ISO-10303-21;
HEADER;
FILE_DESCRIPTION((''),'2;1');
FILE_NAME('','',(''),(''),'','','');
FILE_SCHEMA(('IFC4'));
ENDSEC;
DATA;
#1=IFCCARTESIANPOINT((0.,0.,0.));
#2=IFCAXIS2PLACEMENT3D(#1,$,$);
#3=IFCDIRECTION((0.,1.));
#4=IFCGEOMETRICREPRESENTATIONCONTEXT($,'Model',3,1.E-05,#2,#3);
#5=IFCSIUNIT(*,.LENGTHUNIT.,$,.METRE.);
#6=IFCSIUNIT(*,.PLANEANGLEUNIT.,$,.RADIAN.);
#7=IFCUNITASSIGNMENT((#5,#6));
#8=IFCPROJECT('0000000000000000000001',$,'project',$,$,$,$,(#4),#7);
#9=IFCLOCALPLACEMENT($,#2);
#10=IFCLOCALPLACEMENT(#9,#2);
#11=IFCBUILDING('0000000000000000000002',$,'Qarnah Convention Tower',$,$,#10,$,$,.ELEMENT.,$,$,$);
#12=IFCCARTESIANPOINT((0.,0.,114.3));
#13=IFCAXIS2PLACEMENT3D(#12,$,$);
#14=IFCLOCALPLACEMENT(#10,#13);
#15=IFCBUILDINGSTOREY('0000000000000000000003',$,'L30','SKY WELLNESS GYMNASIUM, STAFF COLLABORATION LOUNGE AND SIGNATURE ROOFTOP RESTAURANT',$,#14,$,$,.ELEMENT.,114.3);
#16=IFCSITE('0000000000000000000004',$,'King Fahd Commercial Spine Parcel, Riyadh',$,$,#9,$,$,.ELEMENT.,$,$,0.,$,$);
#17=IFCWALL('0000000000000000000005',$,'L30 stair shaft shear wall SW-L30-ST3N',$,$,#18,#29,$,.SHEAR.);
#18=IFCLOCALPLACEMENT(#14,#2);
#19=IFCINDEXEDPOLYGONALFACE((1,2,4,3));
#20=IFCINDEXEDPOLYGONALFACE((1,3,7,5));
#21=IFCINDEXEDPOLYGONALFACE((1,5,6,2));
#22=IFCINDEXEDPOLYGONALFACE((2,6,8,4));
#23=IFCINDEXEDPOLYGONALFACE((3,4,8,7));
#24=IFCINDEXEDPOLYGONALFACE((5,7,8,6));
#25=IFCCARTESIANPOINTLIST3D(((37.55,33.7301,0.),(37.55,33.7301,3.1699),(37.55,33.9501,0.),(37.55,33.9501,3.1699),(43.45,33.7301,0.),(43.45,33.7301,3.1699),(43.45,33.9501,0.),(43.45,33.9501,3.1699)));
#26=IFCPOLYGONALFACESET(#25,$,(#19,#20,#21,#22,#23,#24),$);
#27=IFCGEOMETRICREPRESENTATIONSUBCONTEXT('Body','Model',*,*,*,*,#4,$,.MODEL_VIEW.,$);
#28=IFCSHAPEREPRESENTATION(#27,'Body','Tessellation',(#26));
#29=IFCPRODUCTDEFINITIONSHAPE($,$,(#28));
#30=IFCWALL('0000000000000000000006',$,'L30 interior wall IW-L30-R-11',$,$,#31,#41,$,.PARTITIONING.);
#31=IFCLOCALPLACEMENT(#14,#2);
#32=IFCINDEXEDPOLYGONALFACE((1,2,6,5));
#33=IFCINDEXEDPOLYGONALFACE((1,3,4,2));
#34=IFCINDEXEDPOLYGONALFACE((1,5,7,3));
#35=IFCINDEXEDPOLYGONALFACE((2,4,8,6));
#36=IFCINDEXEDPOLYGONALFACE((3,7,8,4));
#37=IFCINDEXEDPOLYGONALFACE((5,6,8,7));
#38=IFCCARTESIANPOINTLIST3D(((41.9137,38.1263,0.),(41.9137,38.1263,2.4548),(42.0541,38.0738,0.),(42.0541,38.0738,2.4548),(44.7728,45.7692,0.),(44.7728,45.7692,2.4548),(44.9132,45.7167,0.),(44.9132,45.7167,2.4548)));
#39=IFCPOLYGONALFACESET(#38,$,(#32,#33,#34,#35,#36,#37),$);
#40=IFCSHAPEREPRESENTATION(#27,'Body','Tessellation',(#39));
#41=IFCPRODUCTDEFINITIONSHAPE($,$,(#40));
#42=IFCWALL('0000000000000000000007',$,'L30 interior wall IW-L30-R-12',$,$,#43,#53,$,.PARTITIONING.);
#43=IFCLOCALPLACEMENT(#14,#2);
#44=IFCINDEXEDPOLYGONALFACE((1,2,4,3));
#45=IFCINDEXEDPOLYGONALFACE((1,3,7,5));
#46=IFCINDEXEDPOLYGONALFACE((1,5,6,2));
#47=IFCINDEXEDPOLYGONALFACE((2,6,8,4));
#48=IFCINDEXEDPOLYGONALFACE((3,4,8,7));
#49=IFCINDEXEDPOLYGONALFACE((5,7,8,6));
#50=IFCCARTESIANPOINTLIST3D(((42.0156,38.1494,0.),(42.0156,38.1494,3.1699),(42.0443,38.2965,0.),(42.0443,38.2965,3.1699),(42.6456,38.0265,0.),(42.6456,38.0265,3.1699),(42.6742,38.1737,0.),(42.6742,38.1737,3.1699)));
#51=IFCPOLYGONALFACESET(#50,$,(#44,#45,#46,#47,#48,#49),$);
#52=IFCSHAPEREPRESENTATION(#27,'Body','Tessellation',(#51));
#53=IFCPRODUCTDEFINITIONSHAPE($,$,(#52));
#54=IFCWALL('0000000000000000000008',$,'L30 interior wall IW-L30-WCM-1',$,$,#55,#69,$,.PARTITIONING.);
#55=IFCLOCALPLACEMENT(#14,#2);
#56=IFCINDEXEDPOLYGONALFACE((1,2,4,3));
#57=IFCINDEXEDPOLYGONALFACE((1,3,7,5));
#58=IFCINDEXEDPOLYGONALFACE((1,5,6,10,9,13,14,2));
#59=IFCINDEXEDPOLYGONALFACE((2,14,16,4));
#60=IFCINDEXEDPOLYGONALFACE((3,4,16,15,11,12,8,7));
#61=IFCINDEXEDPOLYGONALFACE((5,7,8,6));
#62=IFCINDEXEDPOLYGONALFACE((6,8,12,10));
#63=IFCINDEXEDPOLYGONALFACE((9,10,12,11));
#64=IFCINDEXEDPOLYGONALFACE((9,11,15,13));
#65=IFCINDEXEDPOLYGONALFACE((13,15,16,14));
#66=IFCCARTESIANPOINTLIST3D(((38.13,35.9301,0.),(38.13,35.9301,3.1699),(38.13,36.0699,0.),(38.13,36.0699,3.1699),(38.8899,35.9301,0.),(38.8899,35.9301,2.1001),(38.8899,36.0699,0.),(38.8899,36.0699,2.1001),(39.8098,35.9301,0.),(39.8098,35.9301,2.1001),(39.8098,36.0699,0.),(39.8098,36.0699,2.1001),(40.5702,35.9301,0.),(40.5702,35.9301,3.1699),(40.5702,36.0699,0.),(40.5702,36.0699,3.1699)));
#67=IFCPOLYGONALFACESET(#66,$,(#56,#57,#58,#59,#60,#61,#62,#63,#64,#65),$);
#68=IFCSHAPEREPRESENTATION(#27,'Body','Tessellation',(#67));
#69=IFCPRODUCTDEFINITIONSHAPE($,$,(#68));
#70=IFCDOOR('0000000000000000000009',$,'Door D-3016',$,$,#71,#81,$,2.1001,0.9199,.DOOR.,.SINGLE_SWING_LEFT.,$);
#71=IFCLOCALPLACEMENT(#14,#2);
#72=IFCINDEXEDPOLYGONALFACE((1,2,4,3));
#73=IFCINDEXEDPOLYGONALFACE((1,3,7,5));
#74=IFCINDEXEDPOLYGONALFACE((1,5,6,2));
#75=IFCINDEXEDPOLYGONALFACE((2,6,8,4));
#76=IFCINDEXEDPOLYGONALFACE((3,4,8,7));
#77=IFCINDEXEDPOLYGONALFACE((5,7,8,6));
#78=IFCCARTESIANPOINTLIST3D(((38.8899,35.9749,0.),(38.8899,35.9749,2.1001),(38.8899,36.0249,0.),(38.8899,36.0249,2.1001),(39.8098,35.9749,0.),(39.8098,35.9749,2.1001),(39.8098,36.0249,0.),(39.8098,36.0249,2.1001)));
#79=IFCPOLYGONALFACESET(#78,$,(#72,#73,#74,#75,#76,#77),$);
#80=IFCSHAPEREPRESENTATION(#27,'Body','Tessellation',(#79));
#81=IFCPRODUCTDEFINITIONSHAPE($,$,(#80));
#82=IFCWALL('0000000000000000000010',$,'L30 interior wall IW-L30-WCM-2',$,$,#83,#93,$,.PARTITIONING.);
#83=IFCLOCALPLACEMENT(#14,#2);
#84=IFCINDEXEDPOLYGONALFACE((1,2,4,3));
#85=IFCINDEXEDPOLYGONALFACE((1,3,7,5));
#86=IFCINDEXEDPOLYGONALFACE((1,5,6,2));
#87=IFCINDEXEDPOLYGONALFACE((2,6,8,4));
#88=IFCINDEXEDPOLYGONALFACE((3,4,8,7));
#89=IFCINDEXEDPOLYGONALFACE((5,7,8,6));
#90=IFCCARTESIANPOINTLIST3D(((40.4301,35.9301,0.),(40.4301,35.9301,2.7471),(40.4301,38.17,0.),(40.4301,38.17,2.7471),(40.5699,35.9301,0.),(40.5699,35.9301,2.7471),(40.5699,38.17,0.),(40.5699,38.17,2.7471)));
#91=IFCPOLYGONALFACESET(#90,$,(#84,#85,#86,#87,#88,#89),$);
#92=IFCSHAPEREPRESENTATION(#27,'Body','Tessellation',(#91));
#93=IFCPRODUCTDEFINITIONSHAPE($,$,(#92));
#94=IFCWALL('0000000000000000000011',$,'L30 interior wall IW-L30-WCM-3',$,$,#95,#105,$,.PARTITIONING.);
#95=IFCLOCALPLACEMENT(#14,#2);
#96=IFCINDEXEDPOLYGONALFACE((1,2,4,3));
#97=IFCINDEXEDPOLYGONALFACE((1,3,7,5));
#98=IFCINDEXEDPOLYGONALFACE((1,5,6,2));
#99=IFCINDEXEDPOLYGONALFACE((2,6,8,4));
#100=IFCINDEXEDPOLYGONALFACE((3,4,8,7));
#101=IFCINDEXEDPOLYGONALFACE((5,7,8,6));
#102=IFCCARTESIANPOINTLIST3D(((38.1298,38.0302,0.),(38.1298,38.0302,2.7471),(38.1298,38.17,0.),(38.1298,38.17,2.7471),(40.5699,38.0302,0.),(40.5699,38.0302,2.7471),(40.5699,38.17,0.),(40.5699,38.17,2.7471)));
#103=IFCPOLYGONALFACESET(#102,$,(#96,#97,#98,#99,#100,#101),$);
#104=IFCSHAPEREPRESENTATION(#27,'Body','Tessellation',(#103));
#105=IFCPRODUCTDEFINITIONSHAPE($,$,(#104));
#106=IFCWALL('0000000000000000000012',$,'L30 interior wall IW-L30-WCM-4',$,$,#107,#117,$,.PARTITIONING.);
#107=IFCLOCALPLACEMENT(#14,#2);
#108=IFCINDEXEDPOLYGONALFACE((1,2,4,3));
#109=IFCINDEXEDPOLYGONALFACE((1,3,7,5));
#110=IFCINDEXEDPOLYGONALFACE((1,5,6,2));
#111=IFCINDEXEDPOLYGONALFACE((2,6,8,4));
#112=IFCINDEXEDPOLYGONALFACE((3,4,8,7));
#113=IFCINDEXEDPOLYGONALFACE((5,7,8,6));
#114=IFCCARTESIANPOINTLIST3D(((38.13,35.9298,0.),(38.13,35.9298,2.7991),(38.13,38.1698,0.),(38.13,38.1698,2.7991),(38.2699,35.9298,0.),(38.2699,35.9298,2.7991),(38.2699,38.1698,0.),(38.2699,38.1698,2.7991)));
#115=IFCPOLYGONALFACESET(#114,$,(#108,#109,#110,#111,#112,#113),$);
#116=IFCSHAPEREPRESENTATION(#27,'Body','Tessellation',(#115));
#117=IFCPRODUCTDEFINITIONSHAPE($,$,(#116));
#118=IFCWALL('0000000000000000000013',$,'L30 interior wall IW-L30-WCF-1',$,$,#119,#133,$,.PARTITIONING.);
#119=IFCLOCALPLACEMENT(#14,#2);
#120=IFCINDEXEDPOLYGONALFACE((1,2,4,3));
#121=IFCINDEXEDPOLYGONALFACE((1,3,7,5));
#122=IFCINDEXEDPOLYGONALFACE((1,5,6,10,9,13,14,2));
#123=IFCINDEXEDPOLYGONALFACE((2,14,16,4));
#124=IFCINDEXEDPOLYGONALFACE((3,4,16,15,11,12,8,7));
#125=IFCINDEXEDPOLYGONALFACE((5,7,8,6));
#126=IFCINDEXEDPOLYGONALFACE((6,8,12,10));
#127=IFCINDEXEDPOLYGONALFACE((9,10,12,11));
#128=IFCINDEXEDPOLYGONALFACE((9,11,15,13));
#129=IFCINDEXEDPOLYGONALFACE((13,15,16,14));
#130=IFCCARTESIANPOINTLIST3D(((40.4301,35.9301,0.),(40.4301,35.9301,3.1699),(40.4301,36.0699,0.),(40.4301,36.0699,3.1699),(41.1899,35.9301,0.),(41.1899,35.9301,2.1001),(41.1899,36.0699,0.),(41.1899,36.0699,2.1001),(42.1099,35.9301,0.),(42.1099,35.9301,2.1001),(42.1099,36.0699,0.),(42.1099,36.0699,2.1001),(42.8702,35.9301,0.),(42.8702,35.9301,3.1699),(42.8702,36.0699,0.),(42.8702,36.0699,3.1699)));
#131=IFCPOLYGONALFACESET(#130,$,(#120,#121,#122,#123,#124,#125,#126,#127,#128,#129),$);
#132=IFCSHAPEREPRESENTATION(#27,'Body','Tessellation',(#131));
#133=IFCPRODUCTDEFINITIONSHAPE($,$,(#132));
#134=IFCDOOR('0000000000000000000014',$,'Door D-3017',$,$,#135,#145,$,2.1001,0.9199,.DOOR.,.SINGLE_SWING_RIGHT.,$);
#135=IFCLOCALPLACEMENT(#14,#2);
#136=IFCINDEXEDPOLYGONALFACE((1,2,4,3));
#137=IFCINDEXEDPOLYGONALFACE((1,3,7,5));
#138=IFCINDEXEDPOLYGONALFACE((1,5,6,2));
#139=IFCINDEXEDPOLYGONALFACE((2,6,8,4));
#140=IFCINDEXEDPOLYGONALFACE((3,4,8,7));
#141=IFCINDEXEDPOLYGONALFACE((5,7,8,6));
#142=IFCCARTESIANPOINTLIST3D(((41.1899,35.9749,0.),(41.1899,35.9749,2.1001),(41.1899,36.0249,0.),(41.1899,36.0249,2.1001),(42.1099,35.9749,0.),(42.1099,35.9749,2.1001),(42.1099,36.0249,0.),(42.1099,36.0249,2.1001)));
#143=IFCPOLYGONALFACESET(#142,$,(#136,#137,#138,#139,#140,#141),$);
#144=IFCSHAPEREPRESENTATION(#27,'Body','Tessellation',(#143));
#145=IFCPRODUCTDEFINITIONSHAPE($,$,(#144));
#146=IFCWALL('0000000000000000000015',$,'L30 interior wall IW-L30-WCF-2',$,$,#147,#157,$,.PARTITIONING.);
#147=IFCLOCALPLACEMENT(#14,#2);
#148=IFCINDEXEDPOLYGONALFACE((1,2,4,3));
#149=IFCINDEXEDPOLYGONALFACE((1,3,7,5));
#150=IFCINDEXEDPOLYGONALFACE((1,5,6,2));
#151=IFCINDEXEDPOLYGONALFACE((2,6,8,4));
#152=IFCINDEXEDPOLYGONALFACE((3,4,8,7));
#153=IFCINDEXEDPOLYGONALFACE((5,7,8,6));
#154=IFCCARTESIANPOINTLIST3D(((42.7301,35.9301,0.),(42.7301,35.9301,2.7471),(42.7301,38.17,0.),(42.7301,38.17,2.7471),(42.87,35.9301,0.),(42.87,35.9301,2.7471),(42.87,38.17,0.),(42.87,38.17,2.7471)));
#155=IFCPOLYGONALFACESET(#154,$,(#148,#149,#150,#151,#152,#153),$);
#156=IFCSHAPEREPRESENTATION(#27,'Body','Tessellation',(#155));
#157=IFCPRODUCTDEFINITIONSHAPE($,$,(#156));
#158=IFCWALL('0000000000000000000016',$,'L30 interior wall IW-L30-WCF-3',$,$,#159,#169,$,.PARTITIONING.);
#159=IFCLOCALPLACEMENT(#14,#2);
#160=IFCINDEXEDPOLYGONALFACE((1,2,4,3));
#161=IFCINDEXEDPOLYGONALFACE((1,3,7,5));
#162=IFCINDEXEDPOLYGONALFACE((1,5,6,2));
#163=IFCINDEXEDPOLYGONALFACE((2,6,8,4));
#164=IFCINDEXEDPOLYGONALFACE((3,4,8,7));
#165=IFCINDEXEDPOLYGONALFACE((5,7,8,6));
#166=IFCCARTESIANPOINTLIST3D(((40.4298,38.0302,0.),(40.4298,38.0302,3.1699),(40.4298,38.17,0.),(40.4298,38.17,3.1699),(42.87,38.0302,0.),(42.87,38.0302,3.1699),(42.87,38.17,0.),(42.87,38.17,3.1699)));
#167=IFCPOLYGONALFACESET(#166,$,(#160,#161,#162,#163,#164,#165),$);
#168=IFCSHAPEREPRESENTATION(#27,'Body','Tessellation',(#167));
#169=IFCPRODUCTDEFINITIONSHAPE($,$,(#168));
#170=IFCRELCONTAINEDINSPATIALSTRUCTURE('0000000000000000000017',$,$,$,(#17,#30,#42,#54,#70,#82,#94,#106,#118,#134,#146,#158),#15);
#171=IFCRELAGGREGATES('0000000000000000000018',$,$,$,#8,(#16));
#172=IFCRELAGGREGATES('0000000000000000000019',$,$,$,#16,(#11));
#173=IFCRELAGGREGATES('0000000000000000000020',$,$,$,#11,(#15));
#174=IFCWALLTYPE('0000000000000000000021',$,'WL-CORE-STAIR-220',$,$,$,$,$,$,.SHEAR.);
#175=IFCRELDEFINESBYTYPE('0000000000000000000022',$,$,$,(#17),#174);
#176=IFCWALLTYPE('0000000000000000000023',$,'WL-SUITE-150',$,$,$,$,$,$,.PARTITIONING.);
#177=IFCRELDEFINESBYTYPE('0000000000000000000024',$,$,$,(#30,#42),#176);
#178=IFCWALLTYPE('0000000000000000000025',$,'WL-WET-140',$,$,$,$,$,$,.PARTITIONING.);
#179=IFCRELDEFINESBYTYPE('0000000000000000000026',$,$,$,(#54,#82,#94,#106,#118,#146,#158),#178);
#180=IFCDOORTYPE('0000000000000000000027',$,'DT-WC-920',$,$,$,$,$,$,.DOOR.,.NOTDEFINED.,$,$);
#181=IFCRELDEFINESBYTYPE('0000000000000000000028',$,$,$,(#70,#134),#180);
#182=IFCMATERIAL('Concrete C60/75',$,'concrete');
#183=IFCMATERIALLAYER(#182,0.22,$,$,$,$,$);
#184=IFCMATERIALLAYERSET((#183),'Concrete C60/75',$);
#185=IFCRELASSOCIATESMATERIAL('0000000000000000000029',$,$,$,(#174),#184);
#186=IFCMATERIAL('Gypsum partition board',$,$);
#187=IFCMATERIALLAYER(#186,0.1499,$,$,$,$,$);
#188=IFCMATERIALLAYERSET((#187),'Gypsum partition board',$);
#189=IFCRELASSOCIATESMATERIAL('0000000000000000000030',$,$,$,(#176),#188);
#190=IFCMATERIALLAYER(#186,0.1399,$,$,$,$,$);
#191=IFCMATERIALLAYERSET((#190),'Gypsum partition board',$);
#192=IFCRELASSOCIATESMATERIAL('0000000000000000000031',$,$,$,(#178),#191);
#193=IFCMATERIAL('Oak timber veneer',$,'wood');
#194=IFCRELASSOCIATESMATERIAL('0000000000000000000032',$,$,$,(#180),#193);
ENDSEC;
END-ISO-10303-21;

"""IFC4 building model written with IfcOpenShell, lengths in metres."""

from ifc_helpers import new_model, si_unit, direction, frame, frame_2d, origin, place, context, subcontext, project, spatial, rectangle, extrude, material, layer, layer_set, type_object, element, fill, save


model = new_model("IFC4")

# Units and contexts
model_context = context("Model", 3, precision=1e-05, world=origin(), true_north=direction((0.0, 1.0)))
body_context = subcontext(model_context, "Body", "Model", "MODEL_VIEW")
ifc_project = project(units=[si_unit("LENGTHUNIT", "METRE"), si_unit("PLANEANGLEUNIT", "RADIAN")], contexts=[model_context])

# Site, building, storey
site_placement = place(None, origin())
site = spatial("IfcSite", under=ifc_project, at=site_placement, Name="King Fahd Commercial Spine Parcel, Riyadh", CompositionType="ELEMENT", RefElevation=0.0)
building_placement = place(site_placement, origin())
building = spatial("IfcBuilding", under=site, at=building_placement, Name="Qarnah Convention Tower", CompositionType="ELEMENT")
storey_placement = place(building_placement, frame((0.0, 0.0, 114.3)))
storey = spatial("IfcBuildingStorey", under=building, at=storey_placement, Name="L30", Description="SKY WELLNESS GYMNASIUM, STAFF COLLABORATION LOUNGE AND SIGNATURE ROOFTOP RESTAURANT", CompositionType="ELEMENT", Elevation=114.3)

# Walls
ifc_material_1 = material(Name="Concrete C60/75", Category="concrete")
ifc_layer_1 = layer(ifc_material_1, 0.22)
ifc_layer_set_1 = layer_set([ifc_layer_1], Name="Concrete C60/75")
wall_type_1 = type_object("IfcWallType", Name="WL-CORE-STAIR-220", PredefinedType="SHEAR", material=ifc_layer_set_1)
wall_1_placement = place(storey_placement, frame((37.55, 33.8401, 0.0), z_axis=(0.0, 0.0, 1.0), x_axis=(1.0, 0.0, 0.0)))
element("IfcWall", 1, at=wall_1_placement, inside=storey, type_object=wall_type_1, Name="L30 stair shaft shear wall SW-L30-ST3N", PredefinedType="SHEAR", context=body_context, shape_type="SweptSolid", body=[
    extrude(rectangle(XDim=5.8999, YDim=0.22, at=frame_2d((2.95, 0.0))), origin(), (0.0, 0.0, 1.0), 3.1699),
])
ifc_material_2 = material(Name="Gypsum partition board")
ifc_layer_2 = layer(ifc_material_2, 0.1499)
ifc_layer_set_2 = layer_set([ifc_layer_2], Name="Gypsum partition board")
wall_type_2 = type_object("IfcWallType", Name="WL-SUITE-150", PredefinedType="PARTITIONING", material=ifc_layer_set_2)
wall_2_placement = place(storey_placement, frame((44.843, 45.7429, 0.0), z_axis=(0.0, 0.0, 1.0), x_axis=(-0.350379, -0.936608, 0.0)))
element("IfcWall", 2, at=wall_2_placement, inside=storey, type_object=wall_type_2, Name="L30 interior wall IW-L30-R-11", PredefinedType="PARTITIONING", context=body_context, shape_type="SweptSolid", body=[
    extrude(rectangle(XDim=8.1602, YDim=0.1499, at=frame_2d((4.0801, 0.0))), origin(), (0.0, 0.0, 1.0), 2.4548),
])
wall_3_placement = place(storey_placement, frame((42.03, 38.2229, 0.0), z_axis=(0.0, 0.0, 1.0), x_axis=(0.98152, -0.191358, 0.0)))
element("IfcWall", 3, at=wall_3_placement, inside=storey, type_object=wall_type_2, Name="L30 interior wall IW-L30-R-12", PredefinedType="PARTITIONING", context=body_context, shape_type="SweptSolid", body=[
    extrude(rectangle(XDim=0.6418, YDim=0.1499, at=frame_2d((0.3208, 0.0))), origin(), (0.0, 0.0, 1.0), 3.1699),
])

# Wall, opening, door
ifc_layer_3 = layer(ifc_material_2, 0.1399)
ifc_layer_set_3 = layer_set([ifc_layer_3], Name="Gypsum partition board")
wall_type_3 = type_object("IfcWallType", Name="WL-WET-140", PredefinedType="PARTITIONING", material=ifc_layer_set_3)
wall_4_placement = place(storey_placement, frame((38.1299, 36.0, 0.0), z_axis=(0.0, 0.0, 1.0), x_axis=(1.0, 0.0, 0.0)))
wall_4 = element("IfcWall", 4, at=wall_4_placement, inside=storey, type_object=wall_type_3, Name="L30 interior wall IW-L30-WCM-1", PredefinedType="PARTITIONING", context=body_context, shape_type="SweptSolid", body=[
    extrude(rectangle(XDim=2.4402, YDim=0.1399, at=frame_2d((1.2202, 0.0))), origin(), (0.0, 0.0, 1.0), 3.1699),
])
opening_1_placement = place(wall_4_placement, frame((0.76, 0.0, 0.0)))
opening_1 = element("IfcOpeningElement", 5, at=opening_1_placement, cuts=wall_4, PredefinedType="OPENING", context=body_context, shape_type="SweptSolid", body=[
    extrude(rectangle(XDim=0.9199, YDim=2.1001, at=frame_2d((0.46, 1.05))), frame((0.0, 0.0798, 0.0), z_axis=(0.0, -1.0, 0.0), x_axis=(1.0, 0.0, 0.0)), (0.0, 0.0, 1.0), 0.1599),
])
ifc_material_3 = material(Name="Oak timber veneer", Category="wood")
door_type_1 = type_object("IfcDoorType", Name="DT-WC-920", OperationType="NOTDEFINED", PredefinedType="DOOR", material=ifc_material_3)
door_1_placement = place(opening_1_placement, origin())
door_1 = element("IfcDoor", 6, at=door_1_placement, inside=storey, type_object=door_type_1, Name="Door D-3016", OperationType="SINGLE_SWING_LEFT", OverallHeight=2.1001, OverallWidth=0.9199, PredefinedType="DOOR", context=body_context, shape_type="SweptSolid", body=[
    extrude(rectangle(XDim=0.9199, YDim=2.1001, at=frame_2d((0.46, 1.05))), frame((0.0, 0.0249, 0.0), z_axis=(0.0, -1.0, 0.0), x_axis=(1.0, 0.0, 0.0)), (0.0, 0.0, 1.0), 0.05),
])
fill(opening_1, door_1)

# Walls
wall_5_placement = place(storey_placement, frame((40.5, 35.9299, 0.0), z_axis=(0.0, 0.0, 1.0), x_axis=(0.0, 1.0, 0.0)))
element("IfcWall", 7, at=wall_5_placement, inside=storey, type_object=wall_type_3, Name="L30 interior wall IW-L30-WCM-2", PredefinedType="PARTITIONING", context=body_context, shape_type="SweptSolid", body=[
    extrude(rectangle(XDim=2.24, YDim=0.1399, at=frame_2d((1.1201, 0.0))), origin(), (0.0, 0.0, 1.0), 2.7471),
])
wall_6_placement = place(storey_placement, frame((40.5701, 38.1001, 0.0), z_axis=(0.0, 0.0, 1.0), x_axis=(-1.0, 0.0, 0.0)))
element("IfcWall", 8, at=wall_6_placement, inside=storey, type_object=wall_type_3, Name="L30 interior wall IW-L30-WCM-3", PredefinedType="PARTITIONING", context=body_context, shape_type="SweptSolid", body=[
    extrude(rectangle(XDim=2.4402, YDim=0.1399, at=frame_2d((1.2202, 0.0))), origin(), (0.0, 0.0, 1.0), 2.7471),
])
wall_7_placement = place(storey_placement, frame((38.2, 38.1699, 0.0), z_axis=(0.0, 0.0, 1.0), x_axis=(0.0, -1.0, 0.0)))
element("IfcWall", 9, at=wall_7_placement, inside=storey, type_object=wall_type_3, Name="L30 interior wall IW-L30-WCM-4", PredefinedType="PARTITIONING", context=body_context, shape_type="SweptSolid", body=[
    extrude(rectangle(XDim=2.24, YDim=0.1399, at=frame_2d((1.1201, 0.0))), origin(), (0.0, 0.0, 1.0), 2.7991),
])

# Wall, opening, door
wall_8_placement = place(storey_placement, frame((40.4299, 36.0, 0.0), z_axis=(0.0, 0.0, 1.0), x_axis=(1.0, 0.0, 0.0)))
wall_8 = element("IfcWall", 10, at=wall_8_placement, inside=storey, type_object=wall_type_3, Name="L30 interior wall IW-L30-WCF-1", PredefinedType="PARTITIONING", context=body_context, shape_type="SweptSolid", body=[
    extrude(rectangle(XDim=2.4402, YDim=0.1399, at=frame_2d((1.2202, 0.0))), origin(), (0.0, 0.0, 1.0), 3.1699),
])
opening_2_placement = place(wall_8_placement, frame((0.76, 0.0, 0.0)))
opening_2 = element("IfcOpeningElement", 11, at=opening_2_placement, cuts=wall_8, PredefinedType="OPENING", context=body_context, shape_type="SweptSolid", body=[
    extrude(rectangle(XDim=0.9199, YDim=2.1001, at=frame_2d((0.46, 1.05))), frame((0.0, 0.0798, 0.0), z_axis=(0.0, -1.0, 0.0), x_axis=(1.0, 0.0, 0.0)), (0.0, 0.0, 1.0), 0.1599),
])
door_2_placement = place(opening_2_placement, origin())
door_2 = element("IfcDoor", 12, at=door_2_placement, inside=storey, type_object=door_type_1, Name="Door D-3017", OperationType="SINGLE_SWING_RIGHT", OverallHeight=2.1001, OverallWidth=0.9199, PredefinedType="DOOR", context=body_context, shape_type="SweptSolid", body=[
    extrude(rectangle(XDim=0.9199, YDim=2.1001, at=frame_2d((0.46, 1.05))), frame((0.0, 0.0249, 0.0), z_axis=(0.0, -1.0, 0.0), x_axis=(1.0, 0.0, 0.0)), (0.0, 0.0, 1.0), 0.05),
])
fill(opening_2, door_2)

# Walls
wall_9_placement = place(storey_placement, frame((42.8, 35.9299, 0.0), z_axis=(0.0, 0.0, 1.0), x_axis=(0.0, 1.0, 0.0)))
element("IfcWall", 13, at=wall_9_placement, inside=storey, type_object=wall_type_3, Name="L30 interior wall IW-L30-WCF-2", PredefinedType="PARTITIONING", context=body_context, shape_type="SweptSolid", body=[
    extrude(rectangle(XDim=2.24, YDim=0.1399, at=frame_2d((1.1201, 0.0))), origin(), (0.0, 0.0, 1.0), 2.7471),
])
wall_10_placement = place(storey_placement, frame((42.8701, 38.1001, 0.0), z_axis=(0.0, 0.0, 1.0), x_axis=(-1.0, 0.0, 0.0)))
element("IfcWall", 14, at=wall_10_placement, inside=storey, type_object=wall_type_3, Name="L30 interior wall IW-L30-WCF-3", PredefinedType="PARTITIONING", context=body_context, shape_type="SweptSolid", body=[
    extrude(rectangle(XDim=2.4402, YDim=0.1399, at=frame_2d((1.2202, 0.0))), origin(), (0.0, 0.0, 1.0), 3.1699),
])

save(model, "model.ifc")
